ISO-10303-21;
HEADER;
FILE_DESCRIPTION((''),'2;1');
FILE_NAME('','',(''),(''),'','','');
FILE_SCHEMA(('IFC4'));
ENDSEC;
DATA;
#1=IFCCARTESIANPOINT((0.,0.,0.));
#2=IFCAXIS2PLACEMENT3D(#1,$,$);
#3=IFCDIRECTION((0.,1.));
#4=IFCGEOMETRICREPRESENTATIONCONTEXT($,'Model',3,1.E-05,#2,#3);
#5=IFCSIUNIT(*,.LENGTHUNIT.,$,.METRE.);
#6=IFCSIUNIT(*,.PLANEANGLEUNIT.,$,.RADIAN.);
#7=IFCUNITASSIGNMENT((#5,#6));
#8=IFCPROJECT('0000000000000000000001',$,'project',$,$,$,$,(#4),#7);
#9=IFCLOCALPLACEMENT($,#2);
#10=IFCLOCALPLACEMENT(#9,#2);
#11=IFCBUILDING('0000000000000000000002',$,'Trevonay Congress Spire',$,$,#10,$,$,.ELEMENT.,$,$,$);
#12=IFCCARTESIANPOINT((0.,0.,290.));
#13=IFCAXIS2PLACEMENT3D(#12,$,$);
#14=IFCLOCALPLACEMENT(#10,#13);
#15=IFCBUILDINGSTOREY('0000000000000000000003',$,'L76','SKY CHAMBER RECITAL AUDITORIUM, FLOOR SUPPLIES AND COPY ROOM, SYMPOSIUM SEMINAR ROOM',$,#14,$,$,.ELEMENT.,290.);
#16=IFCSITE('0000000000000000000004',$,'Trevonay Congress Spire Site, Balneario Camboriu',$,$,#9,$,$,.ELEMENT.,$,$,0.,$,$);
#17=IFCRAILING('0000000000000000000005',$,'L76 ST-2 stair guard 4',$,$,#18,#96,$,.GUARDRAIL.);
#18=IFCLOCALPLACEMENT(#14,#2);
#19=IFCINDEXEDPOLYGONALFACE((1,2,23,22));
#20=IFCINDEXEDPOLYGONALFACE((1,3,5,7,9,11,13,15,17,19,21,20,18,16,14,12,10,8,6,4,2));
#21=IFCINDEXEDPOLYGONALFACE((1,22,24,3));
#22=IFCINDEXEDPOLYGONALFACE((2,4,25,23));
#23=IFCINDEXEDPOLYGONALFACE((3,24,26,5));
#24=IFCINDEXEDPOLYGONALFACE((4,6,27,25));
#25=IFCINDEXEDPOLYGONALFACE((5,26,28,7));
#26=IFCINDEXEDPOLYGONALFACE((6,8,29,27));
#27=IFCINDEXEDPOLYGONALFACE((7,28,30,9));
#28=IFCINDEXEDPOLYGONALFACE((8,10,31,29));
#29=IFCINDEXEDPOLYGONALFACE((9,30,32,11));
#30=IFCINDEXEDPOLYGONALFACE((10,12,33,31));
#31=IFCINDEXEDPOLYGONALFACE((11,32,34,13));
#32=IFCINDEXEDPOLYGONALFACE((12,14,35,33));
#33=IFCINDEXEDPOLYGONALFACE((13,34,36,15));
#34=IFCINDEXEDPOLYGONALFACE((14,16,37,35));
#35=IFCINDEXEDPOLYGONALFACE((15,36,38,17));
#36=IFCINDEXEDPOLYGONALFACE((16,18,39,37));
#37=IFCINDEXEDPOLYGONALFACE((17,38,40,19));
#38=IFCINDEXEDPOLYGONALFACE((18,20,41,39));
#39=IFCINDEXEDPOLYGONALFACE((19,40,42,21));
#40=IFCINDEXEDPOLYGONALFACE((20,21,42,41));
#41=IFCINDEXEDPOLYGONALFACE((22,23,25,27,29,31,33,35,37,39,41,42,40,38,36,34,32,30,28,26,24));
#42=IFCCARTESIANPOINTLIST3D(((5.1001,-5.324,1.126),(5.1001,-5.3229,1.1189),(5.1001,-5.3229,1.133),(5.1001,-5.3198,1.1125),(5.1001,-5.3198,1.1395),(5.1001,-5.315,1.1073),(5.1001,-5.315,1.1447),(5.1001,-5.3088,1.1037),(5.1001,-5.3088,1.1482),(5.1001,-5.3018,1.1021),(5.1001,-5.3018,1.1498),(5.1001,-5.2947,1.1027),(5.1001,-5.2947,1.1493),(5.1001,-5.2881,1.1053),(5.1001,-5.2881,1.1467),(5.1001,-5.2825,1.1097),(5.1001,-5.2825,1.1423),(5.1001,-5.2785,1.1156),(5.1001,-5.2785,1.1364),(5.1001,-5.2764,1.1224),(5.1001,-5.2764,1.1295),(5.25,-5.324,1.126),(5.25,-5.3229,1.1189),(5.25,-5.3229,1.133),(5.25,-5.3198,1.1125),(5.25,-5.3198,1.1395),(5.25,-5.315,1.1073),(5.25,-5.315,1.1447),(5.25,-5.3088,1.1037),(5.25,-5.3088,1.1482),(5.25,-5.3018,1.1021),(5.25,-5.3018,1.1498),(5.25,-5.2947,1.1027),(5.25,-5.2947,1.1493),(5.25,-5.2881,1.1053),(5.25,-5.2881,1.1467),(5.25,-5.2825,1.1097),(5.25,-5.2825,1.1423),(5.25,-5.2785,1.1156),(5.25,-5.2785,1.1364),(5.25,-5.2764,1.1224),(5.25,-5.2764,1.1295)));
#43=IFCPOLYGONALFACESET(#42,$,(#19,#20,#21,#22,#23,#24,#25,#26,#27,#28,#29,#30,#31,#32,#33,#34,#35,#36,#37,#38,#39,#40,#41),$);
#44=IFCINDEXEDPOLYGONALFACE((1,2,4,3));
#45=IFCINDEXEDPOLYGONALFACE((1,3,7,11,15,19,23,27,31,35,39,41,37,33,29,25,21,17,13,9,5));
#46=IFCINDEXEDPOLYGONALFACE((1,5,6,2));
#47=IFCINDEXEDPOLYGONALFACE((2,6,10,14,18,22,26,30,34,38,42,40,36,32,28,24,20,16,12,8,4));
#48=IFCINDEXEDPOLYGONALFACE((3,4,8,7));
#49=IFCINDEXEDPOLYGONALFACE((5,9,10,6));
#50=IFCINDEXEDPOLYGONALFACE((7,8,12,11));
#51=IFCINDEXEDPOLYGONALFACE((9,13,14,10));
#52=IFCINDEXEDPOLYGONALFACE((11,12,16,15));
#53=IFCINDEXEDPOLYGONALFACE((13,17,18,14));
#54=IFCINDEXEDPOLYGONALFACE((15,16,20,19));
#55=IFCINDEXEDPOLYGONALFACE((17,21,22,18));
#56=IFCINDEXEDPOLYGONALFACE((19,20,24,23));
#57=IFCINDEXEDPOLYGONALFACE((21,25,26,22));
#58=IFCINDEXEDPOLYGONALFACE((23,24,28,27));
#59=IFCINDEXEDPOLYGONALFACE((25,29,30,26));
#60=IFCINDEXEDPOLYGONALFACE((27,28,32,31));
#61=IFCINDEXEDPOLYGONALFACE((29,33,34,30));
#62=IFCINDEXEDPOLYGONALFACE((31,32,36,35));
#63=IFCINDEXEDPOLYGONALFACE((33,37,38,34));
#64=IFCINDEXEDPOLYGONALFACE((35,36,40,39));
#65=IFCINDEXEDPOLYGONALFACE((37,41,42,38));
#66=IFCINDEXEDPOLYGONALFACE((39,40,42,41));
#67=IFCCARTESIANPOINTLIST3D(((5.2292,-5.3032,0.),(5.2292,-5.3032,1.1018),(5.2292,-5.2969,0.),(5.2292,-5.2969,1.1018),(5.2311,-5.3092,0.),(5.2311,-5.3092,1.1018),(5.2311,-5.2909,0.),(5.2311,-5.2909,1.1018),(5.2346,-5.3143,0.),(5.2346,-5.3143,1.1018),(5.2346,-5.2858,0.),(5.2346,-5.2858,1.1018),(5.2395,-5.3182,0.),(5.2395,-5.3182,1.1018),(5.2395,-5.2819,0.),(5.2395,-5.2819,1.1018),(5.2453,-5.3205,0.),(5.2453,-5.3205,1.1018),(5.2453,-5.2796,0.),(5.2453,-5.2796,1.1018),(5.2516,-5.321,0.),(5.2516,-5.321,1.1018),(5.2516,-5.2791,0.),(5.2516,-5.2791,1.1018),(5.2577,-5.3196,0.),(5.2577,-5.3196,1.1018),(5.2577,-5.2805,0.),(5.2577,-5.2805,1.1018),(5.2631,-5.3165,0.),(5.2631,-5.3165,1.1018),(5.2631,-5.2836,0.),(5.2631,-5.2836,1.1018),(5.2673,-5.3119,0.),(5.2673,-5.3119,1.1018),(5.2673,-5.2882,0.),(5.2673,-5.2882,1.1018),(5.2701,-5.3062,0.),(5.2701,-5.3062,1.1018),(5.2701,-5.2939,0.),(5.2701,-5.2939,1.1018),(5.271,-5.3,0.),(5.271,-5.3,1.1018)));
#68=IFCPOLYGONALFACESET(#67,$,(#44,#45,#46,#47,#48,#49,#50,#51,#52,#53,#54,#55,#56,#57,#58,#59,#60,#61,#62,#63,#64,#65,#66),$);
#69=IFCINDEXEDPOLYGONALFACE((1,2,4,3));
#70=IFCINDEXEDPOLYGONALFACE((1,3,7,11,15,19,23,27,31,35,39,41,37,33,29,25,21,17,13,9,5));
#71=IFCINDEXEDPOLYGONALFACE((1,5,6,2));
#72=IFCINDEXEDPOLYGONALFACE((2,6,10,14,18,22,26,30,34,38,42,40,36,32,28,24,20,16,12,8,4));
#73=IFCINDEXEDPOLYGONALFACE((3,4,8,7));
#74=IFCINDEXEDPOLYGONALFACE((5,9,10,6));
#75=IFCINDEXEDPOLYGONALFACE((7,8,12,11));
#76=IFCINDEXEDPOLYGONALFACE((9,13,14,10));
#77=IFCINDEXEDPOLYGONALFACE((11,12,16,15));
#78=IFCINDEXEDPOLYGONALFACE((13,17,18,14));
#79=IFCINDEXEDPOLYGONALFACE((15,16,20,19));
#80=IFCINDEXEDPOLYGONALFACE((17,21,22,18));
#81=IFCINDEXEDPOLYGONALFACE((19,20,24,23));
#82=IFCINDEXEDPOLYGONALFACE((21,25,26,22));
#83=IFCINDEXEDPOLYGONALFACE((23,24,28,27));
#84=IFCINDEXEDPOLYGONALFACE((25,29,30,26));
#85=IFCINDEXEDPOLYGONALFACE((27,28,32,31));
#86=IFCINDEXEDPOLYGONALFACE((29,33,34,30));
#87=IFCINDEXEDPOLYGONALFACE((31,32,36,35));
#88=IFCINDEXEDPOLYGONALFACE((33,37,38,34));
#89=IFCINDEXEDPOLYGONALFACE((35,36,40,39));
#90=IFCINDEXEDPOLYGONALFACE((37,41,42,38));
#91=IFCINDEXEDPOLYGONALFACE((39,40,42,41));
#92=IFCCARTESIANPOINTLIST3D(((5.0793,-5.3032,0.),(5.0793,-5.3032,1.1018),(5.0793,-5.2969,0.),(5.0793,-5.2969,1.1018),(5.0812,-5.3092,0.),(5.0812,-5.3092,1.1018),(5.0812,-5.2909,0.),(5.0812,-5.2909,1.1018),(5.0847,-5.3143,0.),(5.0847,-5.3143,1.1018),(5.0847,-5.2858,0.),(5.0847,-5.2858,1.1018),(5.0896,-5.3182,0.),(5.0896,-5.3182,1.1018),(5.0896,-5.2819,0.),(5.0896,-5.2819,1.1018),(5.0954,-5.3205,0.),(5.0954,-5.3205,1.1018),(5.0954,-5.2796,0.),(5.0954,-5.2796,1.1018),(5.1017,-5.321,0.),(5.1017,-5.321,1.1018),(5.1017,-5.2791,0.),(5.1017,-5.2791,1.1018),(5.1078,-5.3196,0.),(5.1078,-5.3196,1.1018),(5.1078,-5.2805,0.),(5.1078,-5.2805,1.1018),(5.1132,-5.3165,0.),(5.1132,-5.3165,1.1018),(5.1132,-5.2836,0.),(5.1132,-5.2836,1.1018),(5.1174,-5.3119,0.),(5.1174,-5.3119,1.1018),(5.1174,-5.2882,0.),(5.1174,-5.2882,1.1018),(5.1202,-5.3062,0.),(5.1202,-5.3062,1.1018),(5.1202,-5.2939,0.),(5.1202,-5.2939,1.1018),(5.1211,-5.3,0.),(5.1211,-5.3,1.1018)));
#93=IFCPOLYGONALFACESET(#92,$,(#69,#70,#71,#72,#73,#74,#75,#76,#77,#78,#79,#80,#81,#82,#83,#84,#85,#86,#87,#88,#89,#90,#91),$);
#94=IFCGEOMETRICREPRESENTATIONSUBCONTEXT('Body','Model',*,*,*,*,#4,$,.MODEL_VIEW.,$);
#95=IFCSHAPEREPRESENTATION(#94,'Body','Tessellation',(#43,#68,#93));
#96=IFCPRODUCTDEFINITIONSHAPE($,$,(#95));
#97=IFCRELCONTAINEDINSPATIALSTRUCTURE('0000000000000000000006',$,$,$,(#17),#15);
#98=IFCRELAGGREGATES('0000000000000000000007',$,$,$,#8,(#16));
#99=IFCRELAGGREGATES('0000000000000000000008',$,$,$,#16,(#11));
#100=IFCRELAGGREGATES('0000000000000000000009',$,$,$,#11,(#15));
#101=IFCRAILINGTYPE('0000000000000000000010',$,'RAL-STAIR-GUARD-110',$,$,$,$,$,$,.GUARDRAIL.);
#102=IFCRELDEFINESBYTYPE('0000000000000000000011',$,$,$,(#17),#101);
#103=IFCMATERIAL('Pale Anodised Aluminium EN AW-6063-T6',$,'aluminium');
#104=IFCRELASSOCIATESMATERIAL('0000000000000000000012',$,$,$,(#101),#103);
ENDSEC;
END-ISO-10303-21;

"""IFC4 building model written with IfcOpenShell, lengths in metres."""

from ifc_helpers import new_model, si_unit, direction, frame, origin, origin_2d, place, context, subcontext, project, spatial, circle, extrude, material, type_object, element, save


model = new_model("IFC4")

# Units and contexts
model_context = context("Model", 3, precision=1e-05, world=origin(), true_north=direction((0.0, 1.0)))
body_context = subcontext(model_context, "Body", "Model", "MODEL_VIEW")
ifc_project = project(units=[si_unit("LENGTHUNIT", "METRE"), si_unit("PLANEANGLEUNIT", "RADIAN")], contexts=[model_context])

# Site, building, storey
site_placement = place(None, origin())
site = spatial("IfcSite", under=ifc_project, at=site_placement, Name="Trevonay Congress Spire Site, Balneario Camboriu", CompositionType="ELEMENT", RefElevation=0.0)
building_placement = place(site_placement, origin())
building = spatial("IfcBuilding", under=site, at=building_placement, Name="Trevonay Congress Spire", CompositionType="ELEMENT")
storey_placement = place(building_placement, frame((0.0, 0.0, 290.0)))
storey = spatial("IfcBuildingStorey", under=building, at=storey_placement, Name="L76", Description="SKY CHAMBER RECITAL AUDITORIUM, FLOOR SUPPLIES AND COPY ROOM, SYMPOSIUM SEMINAR ROOM", CompositionType="ELEMENT", Elevation=290.0)

# Shared definitions
ifc_material_1 = material(Name="Pale Anodised Aluminium EN AW-6063-T6", Category="aluminium")

# Railing
railing_type_1 = type_object("IfcRailingType", Name="RAL-STAIR-GUARD-110", PredefinedType="GUARDRAIL", material=ifc_material_1)
railing_1_placement = place(storey_placement, frame((5.25, -5.3, 0.0)))
element("IfcRailing", 1, at=railing_1_placement, inside=storey, type_object=railing_type_1, Name="L76 ST-2 stair guard 4", PredefinedType="GUARDRAIL", context=body_context, shape_type="SweptSolid", body=[
    extrude(circle(Radius=0.0239, at=origin_2d()), frame((0.0, 0.0, 1.126), z_axis=(-1.0, 0.0, 0.0), x_axis=(0.0, -1.0, 0.0)), (0.0, 0.0, 1.0), 0.1499),
    extrude(circle(Radius=0.021, at=origin_2d()), origin(), (0.0, 0.0, 1.0), 1.1018),
    extrude(circle(Radius=0.021, at=origin_2d()), frame((-0.1499, 0.0, 0.0)), (0.0, 0.0, 1.0), 1.1018),
])

save(model, "model.ifc")
